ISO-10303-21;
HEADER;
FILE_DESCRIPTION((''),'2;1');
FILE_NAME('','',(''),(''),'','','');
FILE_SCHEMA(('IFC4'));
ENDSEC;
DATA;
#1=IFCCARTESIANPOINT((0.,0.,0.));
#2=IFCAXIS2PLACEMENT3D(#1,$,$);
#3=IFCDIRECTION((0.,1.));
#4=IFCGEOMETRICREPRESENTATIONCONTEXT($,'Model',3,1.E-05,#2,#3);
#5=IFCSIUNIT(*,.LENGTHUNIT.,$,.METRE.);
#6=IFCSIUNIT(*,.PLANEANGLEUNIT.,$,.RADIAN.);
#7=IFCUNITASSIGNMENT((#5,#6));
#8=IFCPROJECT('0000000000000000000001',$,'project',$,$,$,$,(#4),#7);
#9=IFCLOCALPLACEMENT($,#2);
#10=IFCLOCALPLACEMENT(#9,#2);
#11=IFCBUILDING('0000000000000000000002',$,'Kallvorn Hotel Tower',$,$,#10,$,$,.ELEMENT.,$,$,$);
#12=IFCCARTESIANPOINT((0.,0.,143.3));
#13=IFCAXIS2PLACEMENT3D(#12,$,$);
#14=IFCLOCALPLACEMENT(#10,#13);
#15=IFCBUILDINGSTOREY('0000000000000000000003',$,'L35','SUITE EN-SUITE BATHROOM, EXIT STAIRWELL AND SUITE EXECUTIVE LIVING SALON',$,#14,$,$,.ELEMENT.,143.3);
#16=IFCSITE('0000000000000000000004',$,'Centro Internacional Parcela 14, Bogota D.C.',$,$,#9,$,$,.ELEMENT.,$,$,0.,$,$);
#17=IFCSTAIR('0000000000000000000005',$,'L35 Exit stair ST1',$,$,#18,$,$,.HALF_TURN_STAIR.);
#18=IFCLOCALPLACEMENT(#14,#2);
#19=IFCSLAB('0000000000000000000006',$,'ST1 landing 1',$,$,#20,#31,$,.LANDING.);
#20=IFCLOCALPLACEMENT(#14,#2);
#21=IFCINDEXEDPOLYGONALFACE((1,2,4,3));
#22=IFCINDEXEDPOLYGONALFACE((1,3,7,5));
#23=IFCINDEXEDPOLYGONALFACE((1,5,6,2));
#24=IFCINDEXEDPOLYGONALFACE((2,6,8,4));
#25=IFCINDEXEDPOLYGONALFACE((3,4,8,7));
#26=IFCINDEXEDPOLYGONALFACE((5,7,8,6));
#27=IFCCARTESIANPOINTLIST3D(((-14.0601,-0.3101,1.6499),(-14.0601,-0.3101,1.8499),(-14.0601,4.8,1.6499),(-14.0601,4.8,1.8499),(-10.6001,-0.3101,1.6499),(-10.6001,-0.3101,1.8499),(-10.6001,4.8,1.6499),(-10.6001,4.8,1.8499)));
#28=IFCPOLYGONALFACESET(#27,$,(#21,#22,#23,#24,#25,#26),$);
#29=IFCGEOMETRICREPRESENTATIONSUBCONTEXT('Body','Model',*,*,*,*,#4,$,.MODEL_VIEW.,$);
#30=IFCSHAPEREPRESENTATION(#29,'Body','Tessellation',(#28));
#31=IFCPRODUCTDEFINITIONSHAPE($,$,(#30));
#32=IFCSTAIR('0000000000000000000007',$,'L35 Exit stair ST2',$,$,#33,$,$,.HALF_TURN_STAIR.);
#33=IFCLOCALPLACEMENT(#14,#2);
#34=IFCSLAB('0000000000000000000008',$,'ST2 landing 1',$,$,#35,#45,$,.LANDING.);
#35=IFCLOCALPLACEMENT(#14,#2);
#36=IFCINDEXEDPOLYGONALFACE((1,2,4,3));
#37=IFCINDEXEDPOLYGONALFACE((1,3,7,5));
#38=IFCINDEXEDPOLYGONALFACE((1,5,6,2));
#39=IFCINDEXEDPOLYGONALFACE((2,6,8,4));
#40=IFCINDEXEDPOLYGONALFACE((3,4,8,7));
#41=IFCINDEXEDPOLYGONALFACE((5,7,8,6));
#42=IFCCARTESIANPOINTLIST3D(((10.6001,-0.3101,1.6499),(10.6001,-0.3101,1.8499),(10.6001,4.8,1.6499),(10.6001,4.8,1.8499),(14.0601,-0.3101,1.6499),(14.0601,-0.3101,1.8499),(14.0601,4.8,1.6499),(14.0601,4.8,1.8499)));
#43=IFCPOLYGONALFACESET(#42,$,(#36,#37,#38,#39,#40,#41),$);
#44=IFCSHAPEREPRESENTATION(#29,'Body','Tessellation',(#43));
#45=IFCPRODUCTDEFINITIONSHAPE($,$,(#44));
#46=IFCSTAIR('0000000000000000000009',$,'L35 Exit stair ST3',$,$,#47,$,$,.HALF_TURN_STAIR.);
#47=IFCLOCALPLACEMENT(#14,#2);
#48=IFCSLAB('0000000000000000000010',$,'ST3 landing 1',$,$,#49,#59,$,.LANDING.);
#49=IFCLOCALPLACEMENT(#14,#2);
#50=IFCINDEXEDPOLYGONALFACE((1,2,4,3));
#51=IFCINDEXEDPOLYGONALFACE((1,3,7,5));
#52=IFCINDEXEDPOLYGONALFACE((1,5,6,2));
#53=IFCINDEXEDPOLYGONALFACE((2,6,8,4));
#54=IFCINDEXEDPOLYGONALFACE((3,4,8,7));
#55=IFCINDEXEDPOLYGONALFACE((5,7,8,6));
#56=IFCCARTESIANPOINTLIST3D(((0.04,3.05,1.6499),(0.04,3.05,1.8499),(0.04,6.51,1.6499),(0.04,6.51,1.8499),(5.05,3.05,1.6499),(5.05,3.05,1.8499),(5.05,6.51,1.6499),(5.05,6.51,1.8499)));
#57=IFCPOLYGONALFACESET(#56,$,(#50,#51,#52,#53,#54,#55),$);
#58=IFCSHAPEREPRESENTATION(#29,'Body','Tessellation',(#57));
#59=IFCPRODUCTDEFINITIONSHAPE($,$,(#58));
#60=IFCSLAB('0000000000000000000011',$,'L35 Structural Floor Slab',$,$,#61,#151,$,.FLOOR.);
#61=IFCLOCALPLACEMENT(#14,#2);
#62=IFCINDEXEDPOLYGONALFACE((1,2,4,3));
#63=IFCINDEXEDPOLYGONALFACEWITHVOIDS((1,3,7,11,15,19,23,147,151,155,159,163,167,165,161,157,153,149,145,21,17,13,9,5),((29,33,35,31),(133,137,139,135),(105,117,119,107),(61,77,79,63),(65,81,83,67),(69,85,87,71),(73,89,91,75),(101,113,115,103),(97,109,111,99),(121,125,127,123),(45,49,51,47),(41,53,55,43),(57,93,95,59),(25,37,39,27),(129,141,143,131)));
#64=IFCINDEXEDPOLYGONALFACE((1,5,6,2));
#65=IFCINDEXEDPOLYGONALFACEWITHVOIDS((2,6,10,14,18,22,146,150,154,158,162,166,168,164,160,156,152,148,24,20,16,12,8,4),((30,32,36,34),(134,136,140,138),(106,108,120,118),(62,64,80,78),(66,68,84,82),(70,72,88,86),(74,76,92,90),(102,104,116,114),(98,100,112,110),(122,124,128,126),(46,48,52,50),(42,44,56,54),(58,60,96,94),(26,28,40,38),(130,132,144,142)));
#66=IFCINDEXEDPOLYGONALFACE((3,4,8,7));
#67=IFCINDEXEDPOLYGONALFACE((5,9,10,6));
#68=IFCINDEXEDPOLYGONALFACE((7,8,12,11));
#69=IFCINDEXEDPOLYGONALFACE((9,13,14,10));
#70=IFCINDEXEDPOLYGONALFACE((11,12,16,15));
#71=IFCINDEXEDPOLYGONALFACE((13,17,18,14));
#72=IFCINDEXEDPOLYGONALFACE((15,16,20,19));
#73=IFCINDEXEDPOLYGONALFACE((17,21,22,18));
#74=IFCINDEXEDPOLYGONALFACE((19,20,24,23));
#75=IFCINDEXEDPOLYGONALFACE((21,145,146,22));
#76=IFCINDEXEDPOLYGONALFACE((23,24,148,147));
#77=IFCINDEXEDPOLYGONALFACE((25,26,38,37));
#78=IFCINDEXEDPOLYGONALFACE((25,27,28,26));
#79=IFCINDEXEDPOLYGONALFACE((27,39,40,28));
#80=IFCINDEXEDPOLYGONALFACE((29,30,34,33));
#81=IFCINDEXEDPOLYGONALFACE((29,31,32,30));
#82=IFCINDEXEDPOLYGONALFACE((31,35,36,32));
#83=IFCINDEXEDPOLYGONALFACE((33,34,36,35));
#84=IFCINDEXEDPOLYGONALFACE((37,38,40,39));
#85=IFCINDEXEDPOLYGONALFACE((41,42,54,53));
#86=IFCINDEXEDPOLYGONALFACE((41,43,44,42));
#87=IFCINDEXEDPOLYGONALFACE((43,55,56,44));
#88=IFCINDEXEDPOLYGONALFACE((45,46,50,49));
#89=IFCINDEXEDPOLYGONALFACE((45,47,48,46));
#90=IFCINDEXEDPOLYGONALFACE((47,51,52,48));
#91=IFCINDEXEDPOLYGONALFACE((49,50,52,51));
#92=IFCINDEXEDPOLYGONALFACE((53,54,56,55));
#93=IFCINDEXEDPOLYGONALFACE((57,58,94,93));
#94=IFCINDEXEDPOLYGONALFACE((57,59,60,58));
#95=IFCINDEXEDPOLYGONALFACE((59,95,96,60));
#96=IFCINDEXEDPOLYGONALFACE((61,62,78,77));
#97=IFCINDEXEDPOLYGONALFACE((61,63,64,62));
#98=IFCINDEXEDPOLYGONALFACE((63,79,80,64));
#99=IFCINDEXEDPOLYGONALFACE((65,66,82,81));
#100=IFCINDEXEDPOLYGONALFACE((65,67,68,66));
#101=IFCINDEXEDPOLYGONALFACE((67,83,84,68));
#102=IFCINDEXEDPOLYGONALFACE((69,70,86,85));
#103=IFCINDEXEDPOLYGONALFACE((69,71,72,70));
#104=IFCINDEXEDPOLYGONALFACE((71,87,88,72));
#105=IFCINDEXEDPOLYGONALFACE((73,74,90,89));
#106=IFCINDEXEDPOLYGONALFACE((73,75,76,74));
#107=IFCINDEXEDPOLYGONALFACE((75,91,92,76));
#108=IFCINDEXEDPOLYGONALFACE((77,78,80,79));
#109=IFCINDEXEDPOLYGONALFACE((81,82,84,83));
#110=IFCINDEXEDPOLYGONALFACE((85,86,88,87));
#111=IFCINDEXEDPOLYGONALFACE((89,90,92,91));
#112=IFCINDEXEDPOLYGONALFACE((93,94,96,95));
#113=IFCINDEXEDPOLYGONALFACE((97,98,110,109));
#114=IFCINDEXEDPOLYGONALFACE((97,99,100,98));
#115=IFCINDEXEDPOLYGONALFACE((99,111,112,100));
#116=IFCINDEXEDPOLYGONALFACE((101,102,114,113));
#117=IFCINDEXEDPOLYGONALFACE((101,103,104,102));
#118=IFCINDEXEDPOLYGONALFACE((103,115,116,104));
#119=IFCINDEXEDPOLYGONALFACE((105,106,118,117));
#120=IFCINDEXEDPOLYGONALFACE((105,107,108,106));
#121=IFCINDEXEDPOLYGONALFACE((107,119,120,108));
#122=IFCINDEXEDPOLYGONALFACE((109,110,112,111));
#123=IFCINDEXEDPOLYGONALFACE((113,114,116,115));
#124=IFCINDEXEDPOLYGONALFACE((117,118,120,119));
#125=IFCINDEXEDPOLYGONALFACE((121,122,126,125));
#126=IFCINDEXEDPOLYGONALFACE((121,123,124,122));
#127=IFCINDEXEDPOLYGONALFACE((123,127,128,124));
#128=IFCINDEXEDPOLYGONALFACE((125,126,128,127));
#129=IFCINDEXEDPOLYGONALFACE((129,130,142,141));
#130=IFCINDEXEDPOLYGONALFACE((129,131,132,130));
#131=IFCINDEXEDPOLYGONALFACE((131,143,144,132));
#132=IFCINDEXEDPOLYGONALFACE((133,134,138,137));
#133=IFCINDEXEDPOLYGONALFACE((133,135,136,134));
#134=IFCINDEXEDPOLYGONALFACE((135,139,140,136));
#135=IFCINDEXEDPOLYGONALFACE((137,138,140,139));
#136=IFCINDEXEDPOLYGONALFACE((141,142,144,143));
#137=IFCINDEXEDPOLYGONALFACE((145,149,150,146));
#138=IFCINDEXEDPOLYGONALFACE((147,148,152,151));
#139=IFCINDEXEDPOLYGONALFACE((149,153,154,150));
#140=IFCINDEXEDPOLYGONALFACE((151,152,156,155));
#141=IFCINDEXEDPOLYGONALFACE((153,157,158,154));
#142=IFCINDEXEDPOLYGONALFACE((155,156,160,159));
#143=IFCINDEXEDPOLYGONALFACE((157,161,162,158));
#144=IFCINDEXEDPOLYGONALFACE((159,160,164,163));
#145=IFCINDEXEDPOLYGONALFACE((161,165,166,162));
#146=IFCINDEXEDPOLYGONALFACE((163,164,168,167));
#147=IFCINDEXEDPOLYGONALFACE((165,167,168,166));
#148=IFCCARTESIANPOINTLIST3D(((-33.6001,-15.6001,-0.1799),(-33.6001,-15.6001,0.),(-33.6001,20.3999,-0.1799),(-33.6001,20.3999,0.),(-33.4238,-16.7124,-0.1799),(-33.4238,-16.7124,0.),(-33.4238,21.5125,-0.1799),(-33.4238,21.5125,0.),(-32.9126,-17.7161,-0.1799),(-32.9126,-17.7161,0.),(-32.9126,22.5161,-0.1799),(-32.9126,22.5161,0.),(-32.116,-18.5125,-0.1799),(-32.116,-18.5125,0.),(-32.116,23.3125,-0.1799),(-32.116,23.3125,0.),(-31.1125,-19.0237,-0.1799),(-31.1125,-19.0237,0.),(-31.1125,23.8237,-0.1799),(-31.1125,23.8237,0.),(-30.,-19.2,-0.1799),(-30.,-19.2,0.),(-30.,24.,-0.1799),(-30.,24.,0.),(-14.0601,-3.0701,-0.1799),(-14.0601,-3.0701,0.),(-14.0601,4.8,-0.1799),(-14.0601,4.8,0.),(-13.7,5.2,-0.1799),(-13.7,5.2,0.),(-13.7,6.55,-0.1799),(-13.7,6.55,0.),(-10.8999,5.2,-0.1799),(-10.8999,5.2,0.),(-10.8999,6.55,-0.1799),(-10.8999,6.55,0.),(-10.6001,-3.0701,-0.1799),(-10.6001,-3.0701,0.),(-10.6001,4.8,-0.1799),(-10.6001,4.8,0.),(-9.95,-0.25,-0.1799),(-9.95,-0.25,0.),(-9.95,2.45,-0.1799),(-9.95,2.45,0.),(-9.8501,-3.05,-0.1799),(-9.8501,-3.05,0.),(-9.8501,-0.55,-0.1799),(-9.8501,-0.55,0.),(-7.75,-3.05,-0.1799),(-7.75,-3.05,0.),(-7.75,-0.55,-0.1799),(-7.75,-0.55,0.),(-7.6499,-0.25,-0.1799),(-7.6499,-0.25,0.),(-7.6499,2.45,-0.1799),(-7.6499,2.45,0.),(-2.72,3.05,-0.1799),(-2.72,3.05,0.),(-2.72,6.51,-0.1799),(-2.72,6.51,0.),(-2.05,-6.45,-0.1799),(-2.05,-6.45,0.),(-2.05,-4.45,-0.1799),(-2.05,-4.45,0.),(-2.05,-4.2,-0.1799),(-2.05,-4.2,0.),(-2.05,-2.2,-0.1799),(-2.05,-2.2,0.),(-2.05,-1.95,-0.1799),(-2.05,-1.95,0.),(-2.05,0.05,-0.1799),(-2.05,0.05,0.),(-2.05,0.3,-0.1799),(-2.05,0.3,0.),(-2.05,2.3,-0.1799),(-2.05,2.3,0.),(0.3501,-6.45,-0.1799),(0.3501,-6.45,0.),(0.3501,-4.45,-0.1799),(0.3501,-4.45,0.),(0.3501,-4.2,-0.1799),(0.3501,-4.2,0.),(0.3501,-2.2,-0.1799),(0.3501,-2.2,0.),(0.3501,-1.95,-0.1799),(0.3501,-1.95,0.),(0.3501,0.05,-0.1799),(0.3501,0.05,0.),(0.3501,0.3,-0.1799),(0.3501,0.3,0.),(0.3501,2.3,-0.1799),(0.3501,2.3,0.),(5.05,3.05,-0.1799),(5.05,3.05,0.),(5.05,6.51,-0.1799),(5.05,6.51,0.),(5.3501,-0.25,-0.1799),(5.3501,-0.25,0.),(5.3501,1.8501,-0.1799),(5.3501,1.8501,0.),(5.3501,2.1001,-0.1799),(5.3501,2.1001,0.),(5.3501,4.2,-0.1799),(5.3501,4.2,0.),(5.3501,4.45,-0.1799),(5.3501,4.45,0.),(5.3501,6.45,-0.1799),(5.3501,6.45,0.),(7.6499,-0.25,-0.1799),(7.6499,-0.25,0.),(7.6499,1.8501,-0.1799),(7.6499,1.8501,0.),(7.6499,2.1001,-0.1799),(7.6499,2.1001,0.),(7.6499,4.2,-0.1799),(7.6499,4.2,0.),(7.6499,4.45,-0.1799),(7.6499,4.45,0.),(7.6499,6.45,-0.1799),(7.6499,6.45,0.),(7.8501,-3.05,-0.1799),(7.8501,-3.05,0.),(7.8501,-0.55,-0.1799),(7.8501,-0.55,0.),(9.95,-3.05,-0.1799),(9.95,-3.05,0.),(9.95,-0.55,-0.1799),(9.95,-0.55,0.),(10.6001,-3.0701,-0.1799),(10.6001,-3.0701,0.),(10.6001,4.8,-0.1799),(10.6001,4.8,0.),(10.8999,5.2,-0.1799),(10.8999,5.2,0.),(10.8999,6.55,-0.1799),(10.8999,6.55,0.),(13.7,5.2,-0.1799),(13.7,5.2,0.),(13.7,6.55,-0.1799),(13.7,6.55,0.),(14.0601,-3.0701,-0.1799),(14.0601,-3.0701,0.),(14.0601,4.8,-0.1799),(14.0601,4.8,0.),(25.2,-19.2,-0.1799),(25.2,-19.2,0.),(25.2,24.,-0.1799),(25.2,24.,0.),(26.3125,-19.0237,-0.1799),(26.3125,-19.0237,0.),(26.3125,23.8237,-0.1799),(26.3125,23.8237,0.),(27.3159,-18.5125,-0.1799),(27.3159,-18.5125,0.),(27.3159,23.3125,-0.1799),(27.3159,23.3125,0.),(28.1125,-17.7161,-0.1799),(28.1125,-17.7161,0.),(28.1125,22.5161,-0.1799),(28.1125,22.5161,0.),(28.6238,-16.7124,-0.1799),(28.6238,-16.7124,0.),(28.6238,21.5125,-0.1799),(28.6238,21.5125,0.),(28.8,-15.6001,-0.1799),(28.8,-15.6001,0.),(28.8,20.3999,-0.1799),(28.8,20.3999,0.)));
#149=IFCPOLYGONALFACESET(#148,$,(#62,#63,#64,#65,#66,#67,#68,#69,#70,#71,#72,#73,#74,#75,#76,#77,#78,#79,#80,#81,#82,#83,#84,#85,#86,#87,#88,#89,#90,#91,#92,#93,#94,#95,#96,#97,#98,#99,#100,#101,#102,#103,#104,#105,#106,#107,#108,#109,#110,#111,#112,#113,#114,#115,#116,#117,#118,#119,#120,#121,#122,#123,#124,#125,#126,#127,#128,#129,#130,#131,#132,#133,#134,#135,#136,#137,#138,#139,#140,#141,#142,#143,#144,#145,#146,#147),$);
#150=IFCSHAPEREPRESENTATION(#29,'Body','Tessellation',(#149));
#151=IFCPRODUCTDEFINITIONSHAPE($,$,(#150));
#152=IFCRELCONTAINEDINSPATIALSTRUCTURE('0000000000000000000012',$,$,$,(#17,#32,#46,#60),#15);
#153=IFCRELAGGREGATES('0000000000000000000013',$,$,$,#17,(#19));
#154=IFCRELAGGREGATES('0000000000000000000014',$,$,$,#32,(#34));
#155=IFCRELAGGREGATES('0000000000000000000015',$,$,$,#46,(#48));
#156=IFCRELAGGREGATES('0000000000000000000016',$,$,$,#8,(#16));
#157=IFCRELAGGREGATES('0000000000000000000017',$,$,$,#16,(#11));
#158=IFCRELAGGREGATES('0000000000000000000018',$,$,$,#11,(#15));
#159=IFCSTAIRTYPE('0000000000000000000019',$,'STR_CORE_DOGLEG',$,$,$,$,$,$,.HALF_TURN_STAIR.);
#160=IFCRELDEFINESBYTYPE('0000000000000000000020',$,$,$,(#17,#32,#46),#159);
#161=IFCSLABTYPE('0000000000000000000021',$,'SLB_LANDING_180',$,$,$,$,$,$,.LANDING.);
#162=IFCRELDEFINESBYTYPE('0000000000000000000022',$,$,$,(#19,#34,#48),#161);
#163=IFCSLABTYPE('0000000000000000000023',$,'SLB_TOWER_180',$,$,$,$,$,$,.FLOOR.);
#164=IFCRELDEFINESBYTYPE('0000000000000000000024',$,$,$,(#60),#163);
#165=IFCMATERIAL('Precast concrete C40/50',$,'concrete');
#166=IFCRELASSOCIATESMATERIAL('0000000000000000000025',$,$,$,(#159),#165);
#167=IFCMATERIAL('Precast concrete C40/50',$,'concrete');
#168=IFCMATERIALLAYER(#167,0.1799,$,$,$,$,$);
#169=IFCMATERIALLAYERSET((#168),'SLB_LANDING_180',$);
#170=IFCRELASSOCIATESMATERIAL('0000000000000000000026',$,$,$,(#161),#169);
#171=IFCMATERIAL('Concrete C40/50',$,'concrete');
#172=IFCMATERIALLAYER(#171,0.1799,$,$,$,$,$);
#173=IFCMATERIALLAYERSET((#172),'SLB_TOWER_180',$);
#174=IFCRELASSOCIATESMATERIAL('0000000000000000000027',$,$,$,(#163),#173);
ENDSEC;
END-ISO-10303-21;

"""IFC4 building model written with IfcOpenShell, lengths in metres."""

from ifc_helpers import new_model, si_unit, direction, frame, origin, place, context, subcontext, project, spatial, polyline, outline, extrude, material, layer, layer_set, type_object, element, aggregate, save


model = new_model("IFC4")

# Units and contexts
model_context = context("Model", 3, precision=1e-05, world=origin(), true_north=direction((0.0, 1.0)))
body_context = subcontext(model_context, "Body", "Model", "MODEL_VIEW")
ifc_project = project(units=[si_unit("LENGTHUNIT", "METRE"), si_unit("PLANEANGLEUNIT", "RADIAN")], contexts=[model_context])

# Site, building, storey
site_placement = place(None, origin())
site = spatial("IfcSite", under=ifc_project, at=site_placement, Name="Centro Internacional Parcela 14, Bogota D.C.", CompositionType="ELEMENT", RefElevation=0.0)
building_placement = place(site_placement, origin())
building = spatial("IfcBuilding", under=site, at=building_placement, Name="Kallvorn Hotel Tower", CompositionType="ELEMENT")
storey_placement = place(building_placement, frame((0.0, 0.0, 143.3)))
storey = spatial("IfcBuildingStorey", under=building, at=storey_placement, Name="L35", Description="SUITE EN-SUITE BATHROOM, EXIT STAIRWELL AND SUITE EXECUTIVE LIVING SALON", CompositionType="ELEMENT", Elevation=143.3)

# Stairs, slabs
ifc_material_1 = material(Name="Precast concrete C40/50", Category="concrete")
stair_type = type_object("IfcStairType", Name="STR_CORE_DOGLEG", PredefinedType="HALF_TURN_STAIR", material=ifc_material_1)
stair_1_placement = place(storey_placement, origin())
stair_1 = element("IfcStair", 1, at=stair_1_placement, inside=storey, type_object=stair_type, Name="L35 Exit stair ST1", PredefinedType="HALF_TURN_STAIR")
ifc_material_2 = material(Name="Precast concrete C40/50", Category="concrete")
ifc_layer_1 = layer(ifc_material_2, 0.1799)
ifc_layer_set_1 = layer_set([ifc_layer_1], Name="SLB_LANDING_180")
slab_type_1 = type_object("IfcSlabType", Name="SLB_LANDING_180", PredefinedType="LANDING", material=ifc_layer_set_1)
slab_1_placement = place(storey_placement, frame((0.0, 0.0, 1.6499)))
slab_1 = element("IfcSlab", 2, at=slab_1_placement, type_object=slab_type_1, Name="ST1 landing 1", PredefinedType="LANDING", context=body_context, shape_type="SweptSolid", body=[
    extrude(outline(polyline([(-10.6001, -0.3101), (-10.6001, 4.8), (-14.0601, 4.8), (-14.0601, -0.3101), (-10.6001, -0.3101)])), origin(), (0.0, 0.0, 1.0), 0.2),
])
aggregate(stair_1, [slab_1])
stair_2_placement = place(storey_placement, origin())
stair_2 = element("IfcStair", 3, at=stair_2_placement, inside=storey, type_object=stair_type, Name="L35 Exit stair ST2", PredefinedType="HALF_TURN_STAIR")
slab_2_placement = place(storey_placement, frame((0.0, 0.0, 1.6499)))
slab_2 = element("IfcSlab", 4, at=slab_2_placement, type_object=slab_type_1, Name="ST2 landing 1", PredefinedType="LANDING", context=body_context, shape_type="SweptSolid", body=[
    extrude(outline(polyline([(14.0601, -0.3101), (14.0601, 4.8), (10.6001, 4.8), (10.6001, -0.3101), (14.0601, -0.3101)])), origin(), (0.0, 0.0, 1.0), 0.2),
])
aggregate(stair_2, [slab_2])
stair_3_placement = place(storey_placement, origin())
stair_3 = element("IfcStair", 5, at=stair_3_placement, inside=storey, type_object=stair_type, Name="L35 Exit stair ST3", PredefinedType="HALF_TURN_STAIR")
slab_3_placement = place(storey_placement, frame((0.0, 0.0, 1.6499)))
slab_3 = element("IfcSlab", 6, at=slab_3_placement, type_object=slab_type_1, Name="ST3 landing 1", PredefinedType="LANDING", context=body_context, shape_type="SweptSolid", body=[
    extrude(outline(polyline([(0.04, 3.05), (5.05, 3.05), (5.05, 6.51), (0.04, 6.51), (0.04, 3.05)])), origin(), (0.0, 0.0, 1.0), 0.2),
])
aggregate(stair_3, [slab_3])

# Slab
ifc_material_3 = material(Name="Concrete C40/50", Category="concrete")
ifc_layer_2 = layer(ifc_material_3, 0.1799)
ifc_layer_set_2 = layer_set([ifc_layer_2], Name="SLB_TOWER_180")
slab_type_2 = type_object("IfcSlabType", Name="SLB_TOWER_180", PredefinedType="FLOOR", material=ifc_layer_set_2)
slab_4_placement = place(storey_placement, frame((0.0, 0.0, -0.1799)))
element("IfcSlab", 7, at=slab_4_placement, inside=storey, type_object=slab_type_2, Name="L35 Structural Floor Slab", PredefinedType="FLOOR", context=body_context, shape_type="SweptSolid", body=[
    extrude(outline(polyline([(25.2, -19.2), (26.3125, -19.0237), (27.3159, -18.5125), (28.1125, -17.7161), (28.6238, -16.7124), (28.8, -15.6001), (28.8, 20.3999), (28.6238, 21.5125), (28.1125, 22.5161), (27.3159, 23.3125), (26.3125, 23.8237), (25.2, 24.0), (-30.0, 24.0), (-31.1125, 23.8237), (-32.116, 23.3125), (-32.9126, 22.5161), (-33.4238, 21.5125), (-33.6001, 20.3999), (-33.6001, -15.6001), (-33.4238, -16.7124), (-32.9126, -17.7161), (-32.116, -18.5125), (-31.1125, -19.0237), (-30.0, -19.2), (25.2, -19.2)]), holes=[polyline([(-10.6001, -3.0701), (-10.6001, 4.8), (-14.0601, 4.8), (-14.0601, -3.0701), (-10.6001, -3.0701)]), polyline([(14.0601, -3.0701), (14.0601, 4.8), (10.6001, 4.8), (10.6001, -3.0701), (14.0601, -3.0701)]), polyline([(-2.72, 3.05), (5.05, 3.05), (5.05, 6.51), (-2.72, 6.51), (-2.72, 3.05)]), polyline([(-2.05, -6.45), (0.3501, -6.45), (0.3501, -4.45), (-2.05, -4.45), (-2.05, -6.45)]), polyline([(-2.05, -4.2), (0.3501, -4.2), (0.3501, -2.2), (-2.05, -2.2), (-2.05, -4.2)]), polyline([(-2.05, -1.95), (0.3501, -1.95), (0.3501, 0.05), (-2.05, 0.05), (-2.05, -1.95)]), polyline([(-2.05, 0.3), (0.3501, 0.3), (0.3501, 2.3), (-2.05, 2.3), (-2.05, 0.3)]), polyline([(5.3501, -0.25), (7.6499, -0.25), (7.6499, 1.8501), (5.3501, 1.8501), (5.3501, -0.25)]), polyline([(5.3501, 2.1001), (7.6499, 2.1001), (7.6499, 4.2), (5.3501, 4.2), (5.3501, 2.1001)]), polyline([(5.3501, 4.45), (7.6499, 4.45), (7.6499, 6.45), (5.3501, 6.45), (5.3501, 4.45)]), polyline([(-9.8501, -3.05), (-7.75, -3.05), (-7.75, -0.55), (-9.8501, -0.55), (-9.8501, -3.05)]), polyline([(7.8501, -3.05), (9.95, -3.05), (9.95, -0.55), (7.8501, -0.55), (7.8501, -3.05)]), polyline([(-9.95, -0.25), (-7.6499, -0.25), (-7.6499, 2.45), (-9.95, 2.45), (-9.95, -0.25)]), polyline([(-13.7, 5.2), (-10.8999, 5.2), (-10.8999, 6.55), (-13.7, 6.55), (-13.7, 5.2)]), polyline([(10.8999, 5.2), (13.7, 5.2), (13.7, 6.55), (10.8999, 6.55), (10.8999, 5.2)])]), origin(), (0.0, 0.0, 1.0), 0.1799),
])

save(model, "model.ifc")
